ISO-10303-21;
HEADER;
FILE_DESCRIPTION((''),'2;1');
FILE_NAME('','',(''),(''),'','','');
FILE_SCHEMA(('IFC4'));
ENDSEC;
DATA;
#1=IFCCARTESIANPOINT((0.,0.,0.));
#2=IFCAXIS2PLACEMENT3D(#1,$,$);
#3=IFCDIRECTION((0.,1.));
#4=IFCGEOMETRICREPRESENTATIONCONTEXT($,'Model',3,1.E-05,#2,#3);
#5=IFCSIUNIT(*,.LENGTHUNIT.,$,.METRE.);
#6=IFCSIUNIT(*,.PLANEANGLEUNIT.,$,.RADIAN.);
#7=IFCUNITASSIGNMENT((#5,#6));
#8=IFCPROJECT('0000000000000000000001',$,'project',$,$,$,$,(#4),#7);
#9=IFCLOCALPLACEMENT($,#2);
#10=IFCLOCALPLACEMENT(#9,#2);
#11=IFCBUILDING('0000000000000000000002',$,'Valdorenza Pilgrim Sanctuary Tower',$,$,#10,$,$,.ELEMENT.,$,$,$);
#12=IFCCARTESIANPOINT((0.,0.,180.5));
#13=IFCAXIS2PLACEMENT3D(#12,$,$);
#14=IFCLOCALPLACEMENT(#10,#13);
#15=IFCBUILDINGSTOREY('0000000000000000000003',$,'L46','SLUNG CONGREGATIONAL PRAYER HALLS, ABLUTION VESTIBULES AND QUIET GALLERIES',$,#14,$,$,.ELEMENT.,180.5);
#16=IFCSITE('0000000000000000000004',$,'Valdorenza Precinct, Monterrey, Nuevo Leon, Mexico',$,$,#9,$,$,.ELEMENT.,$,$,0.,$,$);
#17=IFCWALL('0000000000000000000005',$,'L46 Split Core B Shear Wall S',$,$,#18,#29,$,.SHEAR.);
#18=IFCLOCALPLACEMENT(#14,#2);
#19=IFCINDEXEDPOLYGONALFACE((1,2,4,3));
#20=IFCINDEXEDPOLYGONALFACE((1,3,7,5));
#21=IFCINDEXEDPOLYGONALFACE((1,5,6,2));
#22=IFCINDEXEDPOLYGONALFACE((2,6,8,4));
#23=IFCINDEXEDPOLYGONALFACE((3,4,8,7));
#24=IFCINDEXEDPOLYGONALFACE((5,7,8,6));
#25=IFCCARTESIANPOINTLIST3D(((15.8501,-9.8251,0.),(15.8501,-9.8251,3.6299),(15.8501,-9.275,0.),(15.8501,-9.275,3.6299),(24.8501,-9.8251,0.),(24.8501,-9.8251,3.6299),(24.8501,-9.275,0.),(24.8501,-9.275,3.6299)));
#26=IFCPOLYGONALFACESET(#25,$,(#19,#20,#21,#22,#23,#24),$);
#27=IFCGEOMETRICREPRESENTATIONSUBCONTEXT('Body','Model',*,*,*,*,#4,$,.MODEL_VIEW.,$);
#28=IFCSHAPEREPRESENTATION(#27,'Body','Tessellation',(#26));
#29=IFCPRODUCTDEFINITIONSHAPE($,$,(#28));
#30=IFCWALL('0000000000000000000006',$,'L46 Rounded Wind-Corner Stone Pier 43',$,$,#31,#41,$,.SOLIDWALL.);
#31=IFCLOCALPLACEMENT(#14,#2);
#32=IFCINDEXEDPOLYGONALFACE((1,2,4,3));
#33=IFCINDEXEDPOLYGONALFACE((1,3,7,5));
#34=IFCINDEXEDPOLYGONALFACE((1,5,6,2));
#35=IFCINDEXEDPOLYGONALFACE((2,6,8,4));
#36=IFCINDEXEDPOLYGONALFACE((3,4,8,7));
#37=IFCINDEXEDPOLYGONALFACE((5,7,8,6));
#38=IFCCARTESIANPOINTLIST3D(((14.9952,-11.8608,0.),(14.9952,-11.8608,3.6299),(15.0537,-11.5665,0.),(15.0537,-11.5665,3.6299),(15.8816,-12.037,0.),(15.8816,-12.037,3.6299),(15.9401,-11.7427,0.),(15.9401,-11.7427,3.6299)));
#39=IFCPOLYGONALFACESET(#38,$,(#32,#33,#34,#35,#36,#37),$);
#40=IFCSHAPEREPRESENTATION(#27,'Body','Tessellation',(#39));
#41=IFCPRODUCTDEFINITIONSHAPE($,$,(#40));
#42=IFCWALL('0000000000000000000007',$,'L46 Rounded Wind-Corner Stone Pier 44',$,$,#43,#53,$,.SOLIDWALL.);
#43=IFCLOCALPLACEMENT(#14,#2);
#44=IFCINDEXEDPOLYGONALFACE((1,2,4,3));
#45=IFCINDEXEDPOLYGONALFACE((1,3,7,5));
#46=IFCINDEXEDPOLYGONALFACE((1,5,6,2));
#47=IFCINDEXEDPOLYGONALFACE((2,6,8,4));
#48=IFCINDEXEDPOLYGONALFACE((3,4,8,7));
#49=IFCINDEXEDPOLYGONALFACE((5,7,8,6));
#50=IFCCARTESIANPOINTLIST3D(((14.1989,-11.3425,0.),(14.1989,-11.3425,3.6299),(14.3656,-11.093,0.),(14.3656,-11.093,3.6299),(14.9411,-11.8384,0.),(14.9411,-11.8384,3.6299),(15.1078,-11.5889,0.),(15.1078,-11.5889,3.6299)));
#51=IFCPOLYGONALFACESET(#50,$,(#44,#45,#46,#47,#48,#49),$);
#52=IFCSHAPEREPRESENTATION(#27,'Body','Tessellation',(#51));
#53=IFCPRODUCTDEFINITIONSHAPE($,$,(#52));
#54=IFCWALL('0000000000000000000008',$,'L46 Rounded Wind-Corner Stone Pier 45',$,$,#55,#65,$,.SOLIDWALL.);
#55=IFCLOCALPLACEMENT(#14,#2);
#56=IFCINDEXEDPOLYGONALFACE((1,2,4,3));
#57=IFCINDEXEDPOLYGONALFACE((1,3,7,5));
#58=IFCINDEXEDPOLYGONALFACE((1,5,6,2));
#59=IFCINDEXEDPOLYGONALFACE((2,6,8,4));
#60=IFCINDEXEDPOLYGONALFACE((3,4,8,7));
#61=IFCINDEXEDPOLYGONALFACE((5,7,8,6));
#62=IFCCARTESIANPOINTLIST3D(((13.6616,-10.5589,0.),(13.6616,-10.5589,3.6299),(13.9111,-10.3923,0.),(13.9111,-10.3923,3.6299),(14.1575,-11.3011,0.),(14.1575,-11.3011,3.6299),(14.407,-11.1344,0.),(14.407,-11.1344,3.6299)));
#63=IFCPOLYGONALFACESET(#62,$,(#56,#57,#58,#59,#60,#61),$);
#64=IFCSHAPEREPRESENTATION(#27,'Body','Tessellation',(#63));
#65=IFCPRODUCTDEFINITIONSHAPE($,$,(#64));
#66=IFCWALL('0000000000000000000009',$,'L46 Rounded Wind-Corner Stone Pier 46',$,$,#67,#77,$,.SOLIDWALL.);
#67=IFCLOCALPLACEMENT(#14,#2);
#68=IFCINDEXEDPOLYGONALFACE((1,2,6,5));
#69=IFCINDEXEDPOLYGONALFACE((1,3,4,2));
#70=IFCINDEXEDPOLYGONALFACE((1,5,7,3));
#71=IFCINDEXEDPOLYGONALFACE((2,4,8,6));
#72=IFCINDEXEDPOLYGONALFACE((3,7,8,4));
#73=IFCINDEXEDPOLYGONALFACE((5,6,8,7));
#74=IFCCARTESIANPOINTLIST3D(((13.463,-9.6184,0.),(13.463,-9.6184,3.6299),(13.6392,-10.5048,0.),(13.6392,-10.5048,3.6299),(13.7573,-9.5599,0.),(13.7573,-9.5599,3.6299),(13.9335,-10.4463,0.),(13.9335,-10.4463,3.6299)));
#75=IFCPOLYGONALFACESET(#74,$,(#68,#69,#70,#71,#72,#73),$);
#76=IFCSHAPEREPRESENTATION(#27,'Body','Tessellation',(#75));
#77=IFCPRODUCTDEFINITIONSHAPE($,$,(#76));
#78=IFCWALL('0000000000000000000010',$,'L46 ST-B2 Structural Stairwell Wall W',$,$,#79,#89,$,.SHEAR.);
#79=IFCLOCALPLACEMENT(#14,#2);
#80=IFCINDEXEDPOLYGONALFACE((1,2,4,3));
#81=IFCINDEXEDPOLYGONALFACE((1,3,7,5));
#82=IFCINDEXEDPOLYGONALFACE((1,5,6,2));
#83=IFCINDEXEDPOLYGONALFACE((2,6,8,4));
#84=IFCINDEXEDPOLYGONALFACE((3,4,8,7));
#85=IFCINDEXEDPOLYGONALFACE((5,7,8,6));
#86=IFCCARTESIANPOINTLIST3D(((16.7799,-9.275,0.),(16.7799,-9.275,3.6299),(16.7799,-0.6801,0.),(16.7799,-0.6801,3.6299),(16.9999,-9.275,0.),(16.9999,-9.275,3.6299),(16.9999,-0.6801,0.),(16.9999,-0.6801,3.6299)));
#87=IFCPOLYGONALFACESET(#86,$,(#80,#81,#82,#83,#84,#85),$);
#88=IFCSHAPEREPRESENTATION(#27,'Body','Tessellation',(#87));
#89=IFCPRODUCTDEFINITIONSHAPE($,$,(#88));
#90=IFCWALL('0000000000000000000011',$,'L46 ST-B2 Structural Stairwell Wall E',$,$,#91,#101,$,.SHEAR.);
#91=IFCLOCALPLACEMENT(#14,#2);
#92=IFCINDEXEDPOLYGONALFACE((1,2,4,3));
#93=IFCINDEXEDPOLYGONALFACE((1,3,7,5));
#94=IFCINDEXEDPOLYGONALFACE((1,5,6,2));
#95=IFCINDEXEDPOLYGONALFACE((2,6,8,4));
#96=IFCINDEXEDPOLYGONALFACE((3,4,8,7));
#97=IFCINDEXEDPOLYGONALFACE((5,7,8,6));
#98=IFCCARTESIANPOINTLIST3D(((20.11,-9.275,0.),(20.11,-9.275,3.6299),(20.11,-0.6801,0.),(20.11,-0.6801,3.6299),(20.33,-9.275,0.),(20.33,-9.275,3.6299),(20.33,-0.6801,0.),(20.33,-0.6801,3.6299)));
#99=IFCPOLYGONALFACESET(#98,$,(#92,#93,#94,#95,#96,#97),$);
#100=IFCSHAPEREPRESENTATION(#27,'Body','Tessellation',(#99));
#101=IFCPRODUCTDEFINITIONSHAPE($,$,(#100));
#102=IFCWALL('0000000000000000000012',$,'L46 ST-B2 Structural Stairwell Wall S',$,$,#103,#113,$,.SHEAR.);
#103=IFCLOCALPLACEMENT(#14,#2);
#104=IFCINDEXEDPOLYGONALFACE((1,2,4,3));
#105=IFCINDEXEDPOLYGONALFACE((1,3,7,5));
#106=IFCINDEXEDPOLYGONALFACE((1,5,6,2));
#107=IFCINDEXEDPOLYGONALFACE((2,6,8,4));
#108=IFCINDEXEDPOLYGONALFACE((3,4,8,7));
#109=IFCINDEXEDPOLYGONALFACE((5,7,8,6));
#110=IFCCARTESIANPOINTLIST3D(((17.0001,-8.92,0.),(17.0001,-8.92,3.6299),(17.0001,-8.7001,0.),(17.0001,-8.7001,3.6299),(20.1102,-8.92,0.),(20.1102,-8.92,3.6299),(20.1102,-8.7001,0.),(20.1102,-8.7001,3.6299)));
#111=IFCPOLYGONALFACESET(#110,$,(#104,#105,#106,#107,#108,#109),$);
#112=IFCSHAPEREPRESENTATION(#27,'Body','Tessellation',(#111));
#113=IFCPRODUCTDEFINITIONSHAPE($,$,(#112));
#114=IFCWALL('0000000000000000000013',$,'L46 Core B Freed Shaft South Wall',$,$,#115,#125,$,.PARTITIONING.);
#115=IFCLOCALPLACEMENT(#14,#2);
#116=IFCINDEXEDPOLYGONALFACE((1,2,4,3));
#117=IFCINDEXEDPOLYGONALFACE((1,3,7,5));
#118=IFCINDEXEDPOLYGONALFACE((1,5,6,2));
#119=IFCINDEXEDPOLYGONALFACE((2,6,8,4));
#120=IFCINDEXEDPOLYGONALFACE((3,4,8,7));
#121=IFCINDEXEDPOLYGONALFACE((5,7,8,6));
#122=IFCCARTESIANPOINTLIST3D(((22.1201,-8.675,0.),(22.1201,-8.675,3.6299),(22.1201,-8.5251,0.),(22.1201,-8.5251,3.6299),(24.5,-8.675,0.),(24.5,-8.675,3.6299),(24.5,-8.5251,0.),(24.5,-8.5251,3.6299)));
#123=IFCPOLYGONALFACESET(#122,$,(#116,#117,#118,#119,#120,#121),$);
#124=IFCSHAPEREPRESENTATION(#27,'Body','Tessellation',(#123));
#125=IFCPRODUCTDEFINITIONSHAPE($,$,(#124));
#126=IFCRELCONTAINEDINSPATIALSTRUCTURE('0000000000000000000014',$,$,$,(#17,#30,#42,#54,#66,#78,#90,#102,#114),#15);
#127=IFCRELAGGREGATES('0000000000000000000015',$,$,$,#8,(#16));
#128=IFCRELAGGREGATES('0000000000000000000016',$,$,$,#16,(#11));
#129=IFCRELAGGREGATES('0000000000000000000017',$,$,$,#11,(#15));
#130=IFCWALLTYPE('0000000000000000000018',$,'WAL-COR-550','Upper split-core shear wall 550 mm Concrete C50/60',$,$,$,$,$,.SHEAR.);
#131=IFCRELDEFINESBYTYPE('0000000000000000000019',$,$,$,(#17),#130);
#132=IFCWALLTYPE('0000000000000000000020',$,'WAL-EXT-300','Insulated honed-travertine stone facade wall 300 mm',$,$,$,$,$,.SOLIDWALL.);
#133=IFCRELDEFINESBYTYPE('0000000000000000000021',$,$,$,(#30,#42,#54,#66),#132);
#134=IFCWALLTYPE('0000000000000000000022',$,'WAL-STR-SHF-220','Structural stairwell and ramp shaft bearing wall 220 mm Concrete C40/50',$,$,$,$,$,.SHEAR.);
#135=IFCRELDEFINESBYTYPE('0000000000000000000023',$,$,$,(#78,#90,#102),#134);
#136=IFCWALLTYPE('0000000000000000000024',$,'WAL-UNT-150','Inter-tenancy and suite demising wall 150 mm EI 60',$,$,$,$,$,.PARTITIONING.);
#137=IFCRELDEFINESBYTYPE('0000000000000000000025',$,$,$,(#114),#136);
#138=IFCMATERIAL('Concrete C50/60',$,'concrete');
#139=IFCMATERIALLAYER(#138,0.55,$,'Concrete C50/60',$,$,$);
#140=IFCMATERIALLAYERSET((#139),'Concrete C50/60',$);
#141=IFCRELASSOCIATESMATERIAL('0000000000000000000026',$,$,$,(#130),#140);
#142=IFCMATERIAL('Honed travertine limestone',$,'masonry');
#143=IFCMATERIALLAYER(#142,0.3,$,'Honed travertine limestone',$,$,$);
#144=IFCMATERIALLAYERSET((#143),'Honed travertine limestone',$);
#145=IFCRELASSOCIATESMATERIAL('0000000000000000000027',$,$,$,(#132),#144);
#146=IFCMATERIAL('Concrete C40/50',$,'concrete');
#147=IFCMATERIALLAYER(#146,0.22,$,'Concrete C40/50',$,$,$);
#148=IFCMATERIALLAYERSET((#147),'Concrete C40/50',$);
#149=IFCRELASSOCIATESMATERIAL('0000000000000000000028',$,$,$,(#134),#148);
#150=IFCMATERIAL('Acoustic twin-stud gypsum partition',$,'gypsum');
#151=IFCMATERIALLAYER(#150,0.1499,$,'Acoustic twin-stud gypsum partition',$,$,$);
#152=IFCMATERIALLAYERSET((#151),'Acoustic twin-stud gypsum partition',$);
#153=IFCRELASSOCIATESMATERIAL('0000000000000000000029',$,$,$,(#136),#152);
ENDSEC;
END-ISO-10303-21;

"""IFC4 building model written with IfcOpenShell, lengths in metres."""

from ifc_helpers import new_model, si_unit, direction, frame, frame_2d, origin, place, context, subcontext, project, spatial, rectangle, extrude, material, layer, layer_set, type_object, element, save


model = new_model("IFC4")

# Units and contexts
model_context = context("Model", 3, precision=1e-05, world=origin(), true_north=direction((0.0, 1.0)))
body_context = subcontext(model_context, "Body", "Model", "MODEL_VIEW")
ifc_project = project(units=[si_unit("LENGTHUNIT", "METRE"), si_unit("PLANEANGLEUNIT", "RADIAN")], contexts=[model_context])

# Site, building, storey
site_placement = place(None, origin())
site = spatial("IfcSite", under=ifc_project, at=site_placement, Name="Valdorenza Precinct, Monterrey, Nuevo Leon, Mexico", CompositionType="ELEMENT", RefElevation=0.0)
building_placement = place(site_placement, origin())
building = spatial("IfcBuilding", under=site, at=building_placement, Name="Valdorenza Pilgrim Sanctuary Tower", CompositionType="ELEMENT")
storey_placement = place(building_placement, frame((0.0, 0.0, 180.5)))
storey = spatial("IfcBuildingStorey", under=building, at=storey_placement, Name="L46", Description="SLUNG CONGREGATIONAL PRAYER HALLS, ABLUTION VESTIBULES AND QUIET GALLERIES", CompositionType="ELEMENT", Elevation=180.5)

# Shared definitions
ifc_material_1 = material(Name="Concrete C50/60", Category="concrete")

# Shared definitions
ifc_material_2 = material(Name="Acoustic twin-stud gypsum partition", Category="gypsum")

# Walls
ifc_layer_1 = layer(ifc_material_1, 0.55, Name="Concrete C50/60")
ifc_layer_set_1 = layer_set([ifc_layer_1], Name="Concrete C50/60")
wall_type_1 = type_object("IfcWallType", Name="WAL-COR-550", Description="Upper split-core shear wall 550 mm Concrete C50/60", PredefinedType="SHEAR", material=ifc_layer_set_1)
wall_1_placement = place(storey_placement, frame((15.8501, -9.55, 0.0), z_axis=(0.0, 0.0, 1.0), x_axis=(1.0, 0.0, 0.0)))
element("IfcWall", 1, at=wall_1_placement, inside=storey, type_object=wall_type_1, Name="L46 Split Core B Shear Wall S", PredefinedType="SHEAR", context=body_context, shape_type="SweptSolid", body=[
    extrude(rectangle(XDim=9.0, YDim=0.55, at=frame_2d((4.5, 0.0))), origin(), (0.0, 0.0, 1.0), 3.6299),
])
ifc_material_3 = material(Name="Honed travertine limestone", Category="masonry")
ifc_layer_2 = layer(ifc_material_3, 0.3, Name="Honed travertine limestone")
ifc_layer_set_2 = layer_set([ifc_layer_2], Name="Honed travertine limestone")
wall_type_2 = type_object("IfcWallType", Name="WAL-EXT-300", Description="Insulated honed-travertine stone facade wall 300 mm", PredefinedType="SOLIDWALL", material=ifc_layer_set_2)
wall_2_placement = place(storey_placement, frame((15.9109, -11.8899, 0.0), z_axis=(0.0, 0.0, 1.0), x_axis=(-0.980798, 0.195025, 0.0)))
element("IfcWall", 2, at=wall_2_placement, inside=storey, type_object=wall_type_2, Name="L46 Rounded Wind-Corner Stone Pier 43", PredefinedType="SOLIDWALL", context=body_context, shape_type="SweptSolid", body=[
    extrude(rectangle(XDim=0.9038, YDim=0.3, at=frame_2d((0.4519, 0.0))), origin(), (0.0, 0.0, 1.0), 3.6299),
])
for number, where, z_axis, x_axis, name in (
    (3, (15.0244, -11.7136, 0.0), (0.0, 0.0, 1.0), (-0.831503, 0.55552, 0.0), "L46 Rounded Wind-Corner Stone Pier 44"),
    (4, (14.2822, -11.2178, 0.0), (0.0, 0.0, 1.0), (-0.55552, 0.831503, 0.0), "L46 Rounded Wind-Corner Stone Pier 45"),
):
    element("IfcWall", number, at=place(storey_placement, frame(where, z_axis=z_axis, x_axis=x_axis)), inside=storey, type_object=wall_type_2, Name=name, PredefinedType="SOLIDWALL", context=body_context, shape_type="SweptSolid", body=[
        extrude(rectangle(XDim=0.8926, YDim=0.3, at=frame_2d((0.4463, 0.0))), origin(), (0.0, 0.0, 1.0), 3.6299),
    ])
wall_3_placement = place(storey_placement, frame((13.7864, -10.4756, 0.0), z_axis=(0.0, 0.0, 1.0), x_axis=(-0.195025, 0.980798, 0.0)))
element("IfcWall", 5, at=wall_3_placement, inside=storey, type_object=wall_type_2, Name="L46 Rounded Wind-Corner Stone Pier 46", PredefinedType="SOLIDWALL", context=body_context, shape_type="SweptSolid", body=[
    extrude(rectangle(XDim=0.9038, YDim=0.3, at=frame_2d((0.4519, 0.0))), origin(), (0.0, 0.0, 1.0), 3.6299),
])
ifc_material_4 = material(Name="Concrete C40/50", Category="concrete")
ifc_layer_3 = layer(ifc_material_4, 0.22, Name="Concrete C40/50")
ifc_layer_set_3 = layer_set([ifc_layer_3], Name="Concrete C40/50")
wall_type_3 = type_object("IfcWallType", Name="WAL-STR-SHF-220", Description="Structural stairwell and ramp shaft bearing wall 220 mm Concrete C40/50", PredefinedType="SHEAR", material=ifc_layer_set_3)
for number, where, z_axis, x_axis, name in (
    (6, (16.8899, -9.2749, 0.0), (0.0, 0.0, 1.0), (0.0, 1.0, 0.0), "L46 ST-B2 Structural Stairwell Wall W"),
    (7, (20.22, -9.2749, 0.0), (0.0, 0.0, 1.0), (0.0, 1.0, 0.0), "L46 ST-B2 Structural Stairwell Wall E"),
):
    element("IfcWall", number, at=place(storey_placement, frame(where, z_axis=z_axis, x_axis=x_axis)), inside=storey, type_object=wall_type_3, Name=name, PredefinedType="SHEAR", context=body_context, shape_type="SweptSolid", body=[
        extrude(rectangle(XDim=8.595, YDim=0.22, at=frame_2d((4.2974, 0.0))), origin(), (0.0, 0.0, 1.0), 3.6299),
    ])
wall_4_placement = place(storey_placement, frame((17.0, -8.8101, 0.0), z_axis=(0.0, 0.0, 1.0), x_axis=(1.0, 0.0, 0.0)))
element("IfcWall", 8, at=wall_4_placement, inside=storey, type_object=wall_type_3, Name="L46 ST-B2 Structural Stairwell Wall S", PredefinedType="SHEAR", context=body_context, shape_type="SweptSolid", body=[
    extrude(rectangle(XDim=3.1101, YDim=0.22, at=frame_2d((1.5552, 0.0))), origin(), (0.0, 0.0, 1.0), 3.6299),
])
ifc_layer_4 = layer(ifc_material_2, 0.1499, Name="Acoustic twin-stud gypsum partition")
ifc_layer_set_4 = layer_set([ifc_layer_4], Name="Acoustic twin-stud gypsum partition")
wall_type_4 = type_object("IfcWallType", Name="WAL-UNT-150", Description="Inter-tenancy and suite demising wall 150 mm EI 60", PredefinedType="PARTITIONING", material=ifc_layer_set_4)
wall_5_placement = place(storey_placement, frame((22.1201, -8.6001, 0.0), z_axis=(0.0, 0.0, 1.0), x_axis=(1.0, 0.0, 0.0)))
element("IfcWall", 9, at=wall_5_placement, inside=storey, type_object=wall_type_4, Name="L46 Core B Freed Shaft South Wall", PredefinedType="PARTITIONING", context=body_context, shape_type="SweptSolid", body=[
    extrude(rectangle(XDim=2.3799, YDim=0.1499, at=frame_2d((1.1899, 0.0))), origin(), (0.0, 0.0, 1.0), 3.6299),
])

save(model, "model.ifc")
